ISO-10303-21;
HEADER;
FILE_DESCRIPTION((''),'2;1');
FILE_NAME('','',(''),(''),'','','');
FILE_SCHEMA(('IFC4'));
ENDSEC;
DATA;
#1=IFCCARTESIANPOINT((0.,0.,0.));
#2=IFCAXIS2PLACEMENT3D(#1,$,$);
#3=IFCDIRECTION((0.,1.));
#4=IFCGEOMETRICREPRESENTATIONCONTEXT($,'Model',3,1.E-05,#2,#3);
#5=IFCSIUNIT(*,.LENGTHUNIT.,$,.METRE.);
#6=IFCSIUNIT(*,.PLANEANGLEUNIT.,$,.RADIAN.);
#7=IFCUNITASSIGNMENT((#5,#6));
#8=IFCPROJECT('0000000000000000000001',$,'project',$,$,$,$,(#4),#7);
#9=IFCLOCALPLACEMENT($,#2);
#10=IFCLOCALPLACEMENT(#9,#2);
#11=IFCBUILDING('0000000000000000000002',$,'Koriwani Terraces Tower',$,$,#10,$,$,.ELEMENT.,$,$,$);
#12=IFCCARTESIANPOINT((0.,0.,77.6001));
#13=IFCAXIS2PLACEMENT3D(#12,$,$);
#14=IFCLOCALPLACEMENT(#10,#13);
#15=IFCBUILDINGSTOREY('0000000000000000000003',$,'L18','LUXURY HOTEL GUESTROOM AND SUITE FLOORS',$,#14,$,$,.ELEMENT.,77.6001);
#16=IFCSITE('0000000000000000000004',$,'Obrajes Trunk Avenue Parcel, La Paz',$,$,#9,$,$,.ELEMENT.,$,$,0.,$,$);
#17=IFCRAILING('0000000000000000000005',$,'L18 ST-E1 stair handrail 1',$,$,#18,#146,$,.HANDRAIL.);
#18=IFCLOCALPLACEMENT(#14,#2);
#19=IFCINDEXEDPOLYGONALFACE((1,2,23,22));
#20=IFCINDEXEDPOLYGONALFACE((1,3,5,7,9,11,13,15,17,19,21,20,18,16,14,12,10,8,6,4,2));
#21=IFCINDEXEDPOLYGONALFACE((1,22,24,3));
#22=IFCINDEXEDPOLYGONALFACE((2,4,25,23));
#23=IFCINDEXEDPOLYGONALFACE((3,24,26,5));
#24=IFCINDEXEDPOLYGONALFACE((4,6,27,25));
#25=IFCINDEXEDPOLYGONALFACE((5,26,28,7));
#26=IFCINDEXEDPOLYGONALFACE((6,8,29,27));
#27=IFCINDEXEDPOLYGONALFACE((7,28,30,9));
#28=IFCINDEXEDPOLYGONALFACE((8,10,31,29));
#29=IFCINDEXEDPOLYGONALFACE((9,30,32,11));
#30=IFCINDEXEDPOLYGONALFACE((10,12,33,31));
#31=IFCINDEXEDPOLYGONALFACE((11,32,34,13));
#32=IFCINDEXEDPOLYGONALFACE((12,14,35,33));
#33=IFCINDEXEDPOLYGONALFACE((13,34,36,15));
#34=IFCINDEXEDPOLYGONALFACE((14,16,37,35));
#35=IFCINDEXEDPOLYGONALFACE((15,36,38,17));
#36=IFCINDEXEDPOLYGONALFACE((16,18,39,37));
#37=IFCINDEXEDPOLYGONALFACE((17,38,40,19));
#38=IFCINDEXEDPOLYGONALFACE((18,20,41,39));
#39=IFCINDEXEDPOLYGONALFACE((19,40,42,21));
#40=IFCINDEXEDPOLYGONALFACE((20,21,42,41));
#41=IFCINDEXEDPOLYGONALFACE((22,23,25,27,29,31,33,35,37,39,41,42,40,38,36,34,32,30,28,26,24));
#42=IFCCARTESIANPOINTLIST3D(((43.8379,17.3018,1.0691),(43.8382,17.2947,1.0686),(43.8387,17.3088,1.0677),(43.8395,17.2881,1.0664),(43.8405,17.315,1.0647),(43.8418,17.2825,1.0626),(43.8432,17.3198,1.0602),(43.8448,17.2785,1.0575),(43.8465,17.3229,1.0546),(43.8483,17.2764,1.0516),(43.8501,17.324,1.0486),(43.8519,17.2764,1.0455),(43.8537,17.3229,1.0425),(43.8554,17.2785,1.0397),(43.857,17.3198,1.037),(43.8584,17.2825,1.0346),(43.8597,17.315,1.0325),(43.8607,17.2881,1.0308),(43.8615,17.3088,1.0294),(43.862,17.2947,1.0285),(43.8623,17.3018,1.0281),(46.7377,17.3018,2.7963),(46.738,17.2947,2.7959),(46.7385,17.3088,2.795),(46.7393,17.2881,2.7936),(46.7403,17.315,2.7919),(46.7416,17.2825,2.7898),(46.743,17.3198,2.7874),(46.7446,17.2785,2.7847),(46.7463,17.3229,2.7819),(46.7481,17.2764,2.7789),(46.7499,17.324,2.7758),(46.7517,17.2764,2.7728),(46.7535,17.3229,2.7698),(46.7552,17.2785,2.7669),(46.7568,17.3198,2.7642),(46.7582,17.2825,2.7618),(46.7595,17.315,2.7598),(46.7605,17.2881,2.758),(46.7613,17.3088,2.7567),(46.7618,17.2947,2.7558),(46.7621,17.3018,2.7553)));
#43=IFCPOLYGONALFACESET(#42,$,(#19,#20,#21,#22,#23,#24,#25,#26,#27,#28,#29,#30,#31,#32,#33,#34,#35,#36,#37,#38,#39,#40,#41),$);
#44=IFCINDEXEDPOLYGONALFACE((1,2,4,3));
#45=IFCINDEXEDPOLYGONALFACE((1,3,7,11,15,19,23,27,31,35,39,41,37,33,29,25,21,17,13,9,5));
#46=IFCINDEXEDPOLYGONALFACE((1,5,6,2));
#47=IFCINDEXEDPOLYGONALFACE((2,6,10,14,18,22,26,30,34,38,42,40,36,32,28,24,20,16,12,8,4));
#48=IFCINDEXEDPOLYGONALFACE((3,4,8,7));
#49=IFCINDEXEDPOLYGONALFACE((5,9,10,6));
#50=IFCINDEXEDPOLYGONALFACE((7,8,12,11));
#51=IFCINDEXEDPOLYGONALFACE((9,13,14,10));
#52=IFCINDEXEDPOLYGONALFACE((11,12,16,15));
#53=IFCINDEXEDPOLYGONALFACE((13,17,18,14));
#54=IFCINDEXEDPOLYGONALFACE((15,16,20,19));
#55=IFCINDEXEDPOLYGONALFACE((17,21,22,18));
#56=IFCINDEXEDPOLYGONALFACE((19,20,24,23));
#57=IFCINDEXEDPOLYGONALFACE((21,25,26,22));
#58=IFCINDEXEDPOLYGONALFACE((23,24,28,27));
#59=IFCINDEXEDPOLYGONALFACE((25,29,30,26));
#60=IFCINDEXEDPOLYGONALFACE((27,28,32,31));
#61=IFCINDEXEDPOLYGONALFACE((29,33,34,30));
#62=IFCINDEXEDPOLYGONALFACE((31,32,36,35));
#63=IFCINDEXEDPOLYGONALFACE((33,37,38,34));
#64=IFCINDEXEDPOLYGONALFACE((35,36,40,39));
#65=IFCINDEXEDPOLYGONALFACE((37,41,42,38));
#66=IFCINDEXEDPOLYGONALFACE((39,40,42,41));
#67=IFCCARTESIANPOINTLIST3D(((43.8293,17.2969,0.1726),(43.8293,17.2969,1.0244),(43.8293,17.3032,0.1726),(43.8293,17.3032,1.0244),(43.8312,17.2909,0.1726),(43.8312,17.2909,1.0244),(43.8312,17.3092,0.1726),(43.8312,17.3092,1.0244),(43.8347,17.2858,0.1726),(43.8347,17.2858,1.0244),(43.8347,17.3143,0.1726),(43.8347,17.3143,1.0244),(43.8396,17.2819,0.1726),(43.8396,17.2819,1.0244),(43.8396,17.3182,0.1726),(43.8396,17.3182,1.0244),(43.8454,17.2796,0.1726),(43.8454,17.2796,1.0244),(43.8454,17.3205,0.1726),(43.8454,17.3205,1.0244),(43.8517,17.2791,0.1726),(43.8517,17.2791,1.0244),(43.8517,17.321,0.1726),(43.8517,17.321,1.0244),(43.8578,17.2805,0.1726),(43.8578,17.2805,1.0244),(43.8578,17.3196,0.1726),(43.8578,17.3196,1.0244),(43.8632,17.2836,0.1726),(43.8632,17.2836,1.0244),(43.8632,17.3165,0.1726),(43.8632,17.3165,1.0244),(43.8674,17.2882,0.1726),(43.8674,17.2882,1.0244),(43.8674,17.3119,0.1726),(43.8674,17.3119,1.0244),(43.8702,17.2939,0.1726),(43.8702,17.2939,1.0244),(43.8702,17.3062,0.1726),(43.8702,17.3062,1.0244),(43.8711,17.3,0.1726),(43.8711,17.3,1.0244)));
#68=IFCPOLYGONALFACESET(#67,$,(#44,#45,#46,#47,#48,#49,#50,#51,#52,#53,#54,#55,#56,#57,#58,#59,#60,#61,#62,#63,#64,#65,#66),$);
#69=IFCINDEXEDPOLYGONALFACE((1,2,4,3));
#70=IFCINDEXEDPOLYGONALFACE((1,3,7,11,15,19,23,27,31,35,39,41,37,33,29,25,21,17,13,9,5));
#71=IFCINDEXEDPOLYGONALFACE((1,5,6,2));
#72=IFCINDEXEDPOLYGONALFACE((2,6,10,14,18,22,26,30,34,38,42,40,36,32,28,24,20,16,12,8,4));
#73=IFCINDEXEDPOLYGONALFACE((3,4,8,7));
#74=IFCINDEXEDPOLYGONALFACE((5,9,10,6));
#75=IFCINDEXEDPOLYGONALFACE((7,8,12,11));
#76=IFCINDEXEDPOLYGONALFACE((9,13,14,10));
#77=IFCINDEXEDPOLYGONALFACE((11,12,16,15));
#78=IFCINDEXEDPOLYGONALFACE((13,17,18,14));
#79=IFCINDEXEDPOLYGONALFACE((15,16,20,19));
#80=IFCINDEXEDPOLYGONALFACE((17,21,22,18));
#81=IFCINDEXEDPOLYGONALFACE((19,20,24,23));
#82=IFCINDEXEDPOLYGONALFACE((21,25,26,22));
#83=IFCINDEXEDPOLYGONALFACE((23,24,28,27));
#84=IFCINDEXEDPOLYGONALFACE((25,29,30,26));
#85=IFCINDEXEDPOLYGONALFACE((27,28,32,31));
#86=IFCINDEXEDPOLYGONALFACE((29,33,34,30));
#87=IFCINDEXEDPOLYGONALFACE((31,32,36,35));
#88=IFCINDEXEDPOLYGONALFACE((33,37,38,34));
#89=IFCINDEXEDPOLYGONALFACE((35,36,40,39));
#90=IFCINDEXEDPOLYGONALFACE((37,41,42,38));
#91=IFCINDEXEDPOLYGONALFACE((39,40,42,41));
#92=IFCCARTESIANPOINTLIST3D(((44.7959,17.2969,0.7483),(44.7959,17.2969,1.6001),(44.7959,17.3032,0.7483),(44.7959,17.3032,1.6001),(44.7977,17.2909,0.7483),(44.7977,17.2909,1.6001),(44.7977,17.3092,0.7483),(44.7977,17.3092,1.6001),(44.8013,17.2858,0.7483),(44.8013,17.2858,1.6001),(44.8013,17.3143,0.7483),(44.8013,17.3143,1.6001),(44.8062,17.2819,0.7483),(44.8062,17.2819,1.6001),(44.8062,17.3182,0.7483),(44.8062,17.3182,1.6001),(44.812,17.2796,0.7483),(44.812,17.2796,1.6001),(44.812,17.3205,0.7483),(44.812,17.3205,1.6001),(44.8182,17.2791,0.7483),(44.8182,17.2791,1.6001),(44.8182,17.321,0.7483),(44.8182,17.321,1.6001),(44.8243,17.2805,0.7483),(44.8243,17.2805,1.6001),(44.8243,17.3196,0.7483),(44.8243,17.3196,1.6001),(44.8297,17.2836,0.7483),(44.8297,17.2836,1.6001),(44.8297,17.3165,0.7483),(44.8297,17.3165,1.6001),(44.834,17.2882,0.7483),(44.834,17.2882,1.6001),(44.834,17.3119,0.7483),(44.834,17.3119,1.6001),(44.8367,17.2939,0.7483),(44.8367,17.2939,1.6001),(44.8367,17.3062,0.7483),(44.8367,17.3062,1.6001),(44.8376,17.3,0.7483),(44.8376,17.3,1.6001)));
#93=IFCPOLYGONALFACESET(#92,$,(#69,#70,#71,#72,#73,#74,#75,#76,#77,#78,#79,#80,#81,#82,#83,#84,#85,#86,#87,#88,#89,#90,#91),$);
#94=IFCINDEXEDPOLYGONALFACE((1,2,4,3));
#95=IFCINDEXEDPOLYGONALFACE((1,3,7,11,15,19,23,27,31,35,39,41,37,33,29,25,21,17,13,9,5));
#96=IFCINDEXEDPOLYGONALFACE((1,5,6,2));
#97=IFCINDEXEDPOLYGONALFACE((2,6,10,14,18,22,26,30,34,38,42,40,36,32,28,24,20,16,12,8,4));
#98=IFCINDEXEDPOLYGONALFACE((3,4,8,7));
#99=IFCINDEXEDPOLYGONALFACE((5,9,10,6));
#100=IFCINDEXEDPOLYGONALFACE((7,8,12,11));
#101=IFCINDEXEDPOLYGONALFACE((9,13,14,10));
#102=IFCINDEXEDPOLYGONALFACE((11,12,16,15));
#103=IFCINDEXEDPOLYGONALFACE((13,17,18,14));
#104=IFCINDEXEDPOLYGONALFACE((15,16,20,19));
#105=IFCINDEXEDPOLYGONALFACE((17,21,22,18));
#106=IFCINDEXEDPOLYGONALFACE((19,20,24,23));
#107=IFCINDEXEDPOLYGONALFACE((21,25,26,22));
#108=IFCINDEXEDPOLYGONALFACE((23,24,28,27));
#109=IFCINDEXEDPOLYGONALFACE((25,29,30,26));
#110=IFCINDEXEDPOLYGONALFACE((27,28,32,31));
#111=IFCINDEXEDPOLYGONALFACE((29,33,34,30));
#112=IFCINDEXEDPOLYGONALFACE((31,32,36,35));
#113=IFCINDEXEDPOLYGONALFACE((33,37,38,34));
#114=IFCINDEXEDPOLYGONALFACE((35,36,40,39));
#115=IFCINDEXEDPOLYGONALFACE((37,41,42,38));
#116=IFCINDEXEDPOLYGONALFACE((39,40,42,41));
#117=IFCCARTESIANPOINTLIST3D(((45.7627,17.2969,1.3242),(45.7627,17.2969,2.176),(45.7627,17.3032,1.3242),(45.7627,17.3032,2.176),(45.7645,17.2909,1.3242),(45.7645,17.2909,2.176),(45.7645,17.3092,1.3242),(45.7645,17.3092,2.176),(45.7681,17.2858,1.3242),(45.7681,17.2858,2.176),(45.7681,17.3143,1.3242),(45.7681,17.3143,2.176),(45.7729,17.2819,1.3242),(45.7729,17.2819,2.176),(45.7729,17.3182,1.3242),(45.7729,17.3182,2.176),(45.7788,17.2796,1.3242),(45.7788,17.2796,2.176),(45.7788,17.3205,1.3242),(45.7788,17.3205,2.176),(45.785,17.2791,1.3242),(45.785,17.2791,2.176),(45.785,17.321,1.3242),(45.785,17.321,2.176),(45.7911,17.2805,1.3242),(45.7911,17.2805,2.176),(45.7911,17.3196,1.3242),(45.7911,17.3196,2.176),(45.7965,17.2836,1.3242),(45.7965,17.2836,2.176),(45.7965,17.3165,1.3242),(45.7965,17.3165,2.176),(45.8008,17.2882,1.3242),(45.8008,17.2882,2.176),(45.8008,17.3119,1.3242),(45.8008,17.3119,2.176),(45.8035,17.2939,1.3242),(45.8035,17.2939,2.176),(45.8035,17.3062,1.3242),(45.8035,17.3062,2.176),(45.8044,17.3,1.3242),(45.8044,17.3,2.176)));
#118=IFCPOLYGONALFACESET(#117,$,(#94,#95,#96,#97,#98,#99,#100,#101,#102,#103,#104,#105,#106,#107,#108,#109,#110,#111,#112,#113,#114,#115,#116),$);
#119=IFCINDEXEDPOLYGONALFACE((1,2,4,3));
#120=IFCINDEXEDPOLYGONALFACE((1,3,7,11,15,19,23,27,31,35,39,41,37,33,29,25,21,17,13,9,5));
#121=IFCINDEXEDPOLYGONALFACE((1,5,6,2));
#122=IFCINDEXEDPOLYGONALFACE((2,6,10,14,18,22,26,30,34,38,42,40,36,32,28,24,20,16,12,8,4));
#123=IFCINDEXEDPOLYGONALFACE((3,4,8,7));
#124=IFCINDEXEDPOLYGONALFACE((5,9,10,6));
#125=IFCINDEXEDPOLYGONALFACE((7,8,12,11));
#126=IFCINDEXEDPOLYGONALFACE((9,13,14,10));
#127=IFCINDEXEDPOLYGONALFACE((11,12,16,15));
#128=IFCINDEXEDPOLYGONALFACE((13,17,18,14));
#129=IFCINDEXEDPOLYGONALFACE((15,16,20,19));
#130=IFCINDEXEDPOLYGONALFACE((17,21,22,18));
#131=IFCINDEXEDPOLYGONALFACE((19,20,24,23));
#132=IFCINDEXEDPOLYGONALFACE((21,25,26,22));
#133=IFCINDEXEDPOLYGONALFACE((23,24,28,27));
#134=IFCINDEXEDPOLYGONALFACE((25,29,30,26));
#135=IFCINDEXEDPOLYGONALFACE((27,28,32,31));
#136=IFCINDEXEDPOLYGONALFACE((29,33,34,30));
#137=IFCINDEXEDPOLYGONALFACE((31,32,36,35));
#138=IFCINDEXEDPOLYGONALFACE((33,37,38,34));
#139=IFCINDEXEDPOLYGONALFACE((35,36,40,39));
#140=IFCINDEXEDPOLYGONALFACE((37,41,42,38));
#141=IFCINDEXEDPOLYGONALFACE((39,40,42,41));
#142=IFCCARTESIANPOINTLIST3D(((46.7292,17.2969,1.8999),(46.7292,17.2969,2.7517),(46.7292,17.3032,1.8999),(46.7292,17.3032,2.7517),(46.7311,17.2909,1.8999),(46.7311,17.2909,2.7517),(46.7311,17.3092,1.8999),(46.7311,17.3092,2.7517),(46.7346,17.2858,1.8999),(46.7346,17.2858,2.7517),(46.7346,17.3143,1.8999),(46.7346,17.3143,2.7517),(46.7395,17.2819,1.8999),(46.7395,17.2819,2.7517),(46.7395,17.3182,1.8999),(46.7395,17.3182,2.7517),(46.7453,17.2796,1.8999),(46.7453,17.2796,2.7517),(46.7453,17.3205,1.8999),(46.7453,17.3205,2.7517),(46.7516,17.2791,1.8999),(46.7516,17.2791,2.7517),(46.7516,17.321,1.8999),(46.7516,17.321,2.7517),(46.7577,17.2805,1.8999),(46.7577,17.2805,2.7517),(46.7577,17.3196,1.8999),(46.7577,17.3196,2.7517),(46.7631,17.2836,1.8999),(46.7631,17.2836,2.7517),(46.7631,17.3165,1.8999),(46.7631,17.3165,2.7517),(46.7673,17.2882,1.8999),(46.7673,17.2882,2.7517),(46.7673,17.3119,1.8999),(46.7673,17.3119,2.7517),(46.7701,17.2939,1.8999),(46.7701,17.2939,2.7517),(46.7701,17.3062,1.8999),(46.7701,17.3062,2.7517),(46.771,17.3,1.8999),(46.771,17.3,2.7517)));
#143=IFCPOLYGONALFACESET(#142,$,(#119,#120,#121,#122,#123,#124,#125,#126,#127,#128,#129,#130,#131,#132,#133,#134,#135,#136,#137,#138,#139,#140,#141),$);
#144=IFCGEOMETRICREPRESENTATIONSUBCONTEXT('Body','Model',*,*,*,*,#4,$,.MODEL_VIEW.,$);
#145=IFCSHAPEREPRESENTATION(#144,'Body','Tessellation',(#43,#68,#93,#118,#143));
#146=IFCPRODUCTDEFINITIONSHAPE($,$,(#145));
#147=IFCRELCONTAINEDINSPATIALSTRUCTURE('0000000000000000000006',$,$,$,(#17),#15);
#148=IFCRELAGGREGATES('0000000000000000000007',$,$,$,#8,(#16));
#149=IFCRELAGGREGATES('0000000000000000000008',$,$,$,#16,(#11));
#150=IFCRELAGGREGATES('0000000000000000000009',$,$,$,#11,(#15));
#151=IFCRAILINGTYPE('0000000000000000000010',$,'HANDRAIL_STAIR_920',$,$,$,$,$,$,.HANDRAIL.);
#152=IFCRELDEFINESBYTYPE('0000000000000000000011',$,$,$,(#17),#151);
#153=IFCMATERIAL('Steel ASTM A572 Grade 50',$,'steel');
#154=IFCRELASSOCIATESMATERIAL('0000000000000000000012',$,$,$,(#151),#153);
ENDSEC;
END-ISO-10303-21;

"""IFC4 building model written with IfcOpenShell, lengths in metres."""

from ifc_helpers import new_model, si_unit, direction, frame, origin, origin_2d, place, context, subcontext, project, spatial, circle, extrude, material, type_object, element, save


model = new_model("IFC4")

# Units and contexts
model_context = context("Model", 3, precision=1e-05, world=origin(), true_north=direction((0.0, 1.0)))
body_context = subcontext(model_context, "Body", "Model", "MODEL_VIEW")
ifc_project = project(units=[si_unit("LENGTHUNIT", "METRE"), si_unit("PLANEANGLEUNIT", "RADIAN")], contexts=[model_context])

# Site, building, storey
site_placement = place(None, origin())
site = spatial("IfcSite", under=ifc_project, at=site_placement, Name="Obrajes Trunk Avenue Parcel, La Paz", CompositionType="ELEMENT", RefElevation=0.0)
building_placement = place(site_placement, origin())
building = spatial("IfcBuilding", under=site, at=building_placement, Name="Koriwani Terraces Tower", CompositionType="ELEMENT")
storey_placement = place(building_placement, frame((0.0, 0.0, 77.6001)))
storey = spatial("IfcBuildingStorey", under=building, at=storey_placement, Name="L18", Description="LUXURY HOTEL GUESTROOM AND SUITE FLOORS", CompositionType="ELEMENT", Elevation=77.6001)

# Shared definitions
ifc_material_1 = material(Name="Steel ASTM A572 Grade 50", Category="steel")

# Railing
railing_type_1 = type_object("IfcRailingType", Name="HANDRAIL_STAIR_920", PredefinedType="HANDRAIL", material=ifc_material_1)
railing_1_placement = place(storey_placement, frame((43.8501, 17.3, 0.1726)))
element("IfcRailing", 1, at=railing_1_placement, inside=storey, type_object=railing_type_1, Name="L18 ST-E1 stair handrail 1", PredefinedType="HANDRAIL", context=body_context, shape_type="SweptSolid", body=[
    extrude(circle(Radius=0.0239, at=origin_2d()), frame((0.0, 0.0, 0.876), z_axis=(0.859141, 0.0, 0.511738), x_axis=(0.0, 1.0, 0.0)), (0.0, 0.0, 1.0), 3.3752),
    extrude(circle(Radius=0.021, at=origin_2d()), origin(), (0.0, 0.0, 1.0), 0.8518),
    extrude(circle(Radius=0.021, at=origin_2d()), frame((0.9666, 0.0, 0.5757)), (0.0, 0.0, 1.0), 0.8518),
    extrude(circle(Radius=0.021, at=origin_2d()), frame((1.9333, 0.0, 1.1516)), (0.0, 0.0, 1.0), 0.8518),
    extrude(circle(Radius=0.021, at=origin_2d()), frame((2.8999, 0.0, 1.7273)), (0.0, 0.0, 1.0), 0.8518),
])

save(model, "model.ifc")
